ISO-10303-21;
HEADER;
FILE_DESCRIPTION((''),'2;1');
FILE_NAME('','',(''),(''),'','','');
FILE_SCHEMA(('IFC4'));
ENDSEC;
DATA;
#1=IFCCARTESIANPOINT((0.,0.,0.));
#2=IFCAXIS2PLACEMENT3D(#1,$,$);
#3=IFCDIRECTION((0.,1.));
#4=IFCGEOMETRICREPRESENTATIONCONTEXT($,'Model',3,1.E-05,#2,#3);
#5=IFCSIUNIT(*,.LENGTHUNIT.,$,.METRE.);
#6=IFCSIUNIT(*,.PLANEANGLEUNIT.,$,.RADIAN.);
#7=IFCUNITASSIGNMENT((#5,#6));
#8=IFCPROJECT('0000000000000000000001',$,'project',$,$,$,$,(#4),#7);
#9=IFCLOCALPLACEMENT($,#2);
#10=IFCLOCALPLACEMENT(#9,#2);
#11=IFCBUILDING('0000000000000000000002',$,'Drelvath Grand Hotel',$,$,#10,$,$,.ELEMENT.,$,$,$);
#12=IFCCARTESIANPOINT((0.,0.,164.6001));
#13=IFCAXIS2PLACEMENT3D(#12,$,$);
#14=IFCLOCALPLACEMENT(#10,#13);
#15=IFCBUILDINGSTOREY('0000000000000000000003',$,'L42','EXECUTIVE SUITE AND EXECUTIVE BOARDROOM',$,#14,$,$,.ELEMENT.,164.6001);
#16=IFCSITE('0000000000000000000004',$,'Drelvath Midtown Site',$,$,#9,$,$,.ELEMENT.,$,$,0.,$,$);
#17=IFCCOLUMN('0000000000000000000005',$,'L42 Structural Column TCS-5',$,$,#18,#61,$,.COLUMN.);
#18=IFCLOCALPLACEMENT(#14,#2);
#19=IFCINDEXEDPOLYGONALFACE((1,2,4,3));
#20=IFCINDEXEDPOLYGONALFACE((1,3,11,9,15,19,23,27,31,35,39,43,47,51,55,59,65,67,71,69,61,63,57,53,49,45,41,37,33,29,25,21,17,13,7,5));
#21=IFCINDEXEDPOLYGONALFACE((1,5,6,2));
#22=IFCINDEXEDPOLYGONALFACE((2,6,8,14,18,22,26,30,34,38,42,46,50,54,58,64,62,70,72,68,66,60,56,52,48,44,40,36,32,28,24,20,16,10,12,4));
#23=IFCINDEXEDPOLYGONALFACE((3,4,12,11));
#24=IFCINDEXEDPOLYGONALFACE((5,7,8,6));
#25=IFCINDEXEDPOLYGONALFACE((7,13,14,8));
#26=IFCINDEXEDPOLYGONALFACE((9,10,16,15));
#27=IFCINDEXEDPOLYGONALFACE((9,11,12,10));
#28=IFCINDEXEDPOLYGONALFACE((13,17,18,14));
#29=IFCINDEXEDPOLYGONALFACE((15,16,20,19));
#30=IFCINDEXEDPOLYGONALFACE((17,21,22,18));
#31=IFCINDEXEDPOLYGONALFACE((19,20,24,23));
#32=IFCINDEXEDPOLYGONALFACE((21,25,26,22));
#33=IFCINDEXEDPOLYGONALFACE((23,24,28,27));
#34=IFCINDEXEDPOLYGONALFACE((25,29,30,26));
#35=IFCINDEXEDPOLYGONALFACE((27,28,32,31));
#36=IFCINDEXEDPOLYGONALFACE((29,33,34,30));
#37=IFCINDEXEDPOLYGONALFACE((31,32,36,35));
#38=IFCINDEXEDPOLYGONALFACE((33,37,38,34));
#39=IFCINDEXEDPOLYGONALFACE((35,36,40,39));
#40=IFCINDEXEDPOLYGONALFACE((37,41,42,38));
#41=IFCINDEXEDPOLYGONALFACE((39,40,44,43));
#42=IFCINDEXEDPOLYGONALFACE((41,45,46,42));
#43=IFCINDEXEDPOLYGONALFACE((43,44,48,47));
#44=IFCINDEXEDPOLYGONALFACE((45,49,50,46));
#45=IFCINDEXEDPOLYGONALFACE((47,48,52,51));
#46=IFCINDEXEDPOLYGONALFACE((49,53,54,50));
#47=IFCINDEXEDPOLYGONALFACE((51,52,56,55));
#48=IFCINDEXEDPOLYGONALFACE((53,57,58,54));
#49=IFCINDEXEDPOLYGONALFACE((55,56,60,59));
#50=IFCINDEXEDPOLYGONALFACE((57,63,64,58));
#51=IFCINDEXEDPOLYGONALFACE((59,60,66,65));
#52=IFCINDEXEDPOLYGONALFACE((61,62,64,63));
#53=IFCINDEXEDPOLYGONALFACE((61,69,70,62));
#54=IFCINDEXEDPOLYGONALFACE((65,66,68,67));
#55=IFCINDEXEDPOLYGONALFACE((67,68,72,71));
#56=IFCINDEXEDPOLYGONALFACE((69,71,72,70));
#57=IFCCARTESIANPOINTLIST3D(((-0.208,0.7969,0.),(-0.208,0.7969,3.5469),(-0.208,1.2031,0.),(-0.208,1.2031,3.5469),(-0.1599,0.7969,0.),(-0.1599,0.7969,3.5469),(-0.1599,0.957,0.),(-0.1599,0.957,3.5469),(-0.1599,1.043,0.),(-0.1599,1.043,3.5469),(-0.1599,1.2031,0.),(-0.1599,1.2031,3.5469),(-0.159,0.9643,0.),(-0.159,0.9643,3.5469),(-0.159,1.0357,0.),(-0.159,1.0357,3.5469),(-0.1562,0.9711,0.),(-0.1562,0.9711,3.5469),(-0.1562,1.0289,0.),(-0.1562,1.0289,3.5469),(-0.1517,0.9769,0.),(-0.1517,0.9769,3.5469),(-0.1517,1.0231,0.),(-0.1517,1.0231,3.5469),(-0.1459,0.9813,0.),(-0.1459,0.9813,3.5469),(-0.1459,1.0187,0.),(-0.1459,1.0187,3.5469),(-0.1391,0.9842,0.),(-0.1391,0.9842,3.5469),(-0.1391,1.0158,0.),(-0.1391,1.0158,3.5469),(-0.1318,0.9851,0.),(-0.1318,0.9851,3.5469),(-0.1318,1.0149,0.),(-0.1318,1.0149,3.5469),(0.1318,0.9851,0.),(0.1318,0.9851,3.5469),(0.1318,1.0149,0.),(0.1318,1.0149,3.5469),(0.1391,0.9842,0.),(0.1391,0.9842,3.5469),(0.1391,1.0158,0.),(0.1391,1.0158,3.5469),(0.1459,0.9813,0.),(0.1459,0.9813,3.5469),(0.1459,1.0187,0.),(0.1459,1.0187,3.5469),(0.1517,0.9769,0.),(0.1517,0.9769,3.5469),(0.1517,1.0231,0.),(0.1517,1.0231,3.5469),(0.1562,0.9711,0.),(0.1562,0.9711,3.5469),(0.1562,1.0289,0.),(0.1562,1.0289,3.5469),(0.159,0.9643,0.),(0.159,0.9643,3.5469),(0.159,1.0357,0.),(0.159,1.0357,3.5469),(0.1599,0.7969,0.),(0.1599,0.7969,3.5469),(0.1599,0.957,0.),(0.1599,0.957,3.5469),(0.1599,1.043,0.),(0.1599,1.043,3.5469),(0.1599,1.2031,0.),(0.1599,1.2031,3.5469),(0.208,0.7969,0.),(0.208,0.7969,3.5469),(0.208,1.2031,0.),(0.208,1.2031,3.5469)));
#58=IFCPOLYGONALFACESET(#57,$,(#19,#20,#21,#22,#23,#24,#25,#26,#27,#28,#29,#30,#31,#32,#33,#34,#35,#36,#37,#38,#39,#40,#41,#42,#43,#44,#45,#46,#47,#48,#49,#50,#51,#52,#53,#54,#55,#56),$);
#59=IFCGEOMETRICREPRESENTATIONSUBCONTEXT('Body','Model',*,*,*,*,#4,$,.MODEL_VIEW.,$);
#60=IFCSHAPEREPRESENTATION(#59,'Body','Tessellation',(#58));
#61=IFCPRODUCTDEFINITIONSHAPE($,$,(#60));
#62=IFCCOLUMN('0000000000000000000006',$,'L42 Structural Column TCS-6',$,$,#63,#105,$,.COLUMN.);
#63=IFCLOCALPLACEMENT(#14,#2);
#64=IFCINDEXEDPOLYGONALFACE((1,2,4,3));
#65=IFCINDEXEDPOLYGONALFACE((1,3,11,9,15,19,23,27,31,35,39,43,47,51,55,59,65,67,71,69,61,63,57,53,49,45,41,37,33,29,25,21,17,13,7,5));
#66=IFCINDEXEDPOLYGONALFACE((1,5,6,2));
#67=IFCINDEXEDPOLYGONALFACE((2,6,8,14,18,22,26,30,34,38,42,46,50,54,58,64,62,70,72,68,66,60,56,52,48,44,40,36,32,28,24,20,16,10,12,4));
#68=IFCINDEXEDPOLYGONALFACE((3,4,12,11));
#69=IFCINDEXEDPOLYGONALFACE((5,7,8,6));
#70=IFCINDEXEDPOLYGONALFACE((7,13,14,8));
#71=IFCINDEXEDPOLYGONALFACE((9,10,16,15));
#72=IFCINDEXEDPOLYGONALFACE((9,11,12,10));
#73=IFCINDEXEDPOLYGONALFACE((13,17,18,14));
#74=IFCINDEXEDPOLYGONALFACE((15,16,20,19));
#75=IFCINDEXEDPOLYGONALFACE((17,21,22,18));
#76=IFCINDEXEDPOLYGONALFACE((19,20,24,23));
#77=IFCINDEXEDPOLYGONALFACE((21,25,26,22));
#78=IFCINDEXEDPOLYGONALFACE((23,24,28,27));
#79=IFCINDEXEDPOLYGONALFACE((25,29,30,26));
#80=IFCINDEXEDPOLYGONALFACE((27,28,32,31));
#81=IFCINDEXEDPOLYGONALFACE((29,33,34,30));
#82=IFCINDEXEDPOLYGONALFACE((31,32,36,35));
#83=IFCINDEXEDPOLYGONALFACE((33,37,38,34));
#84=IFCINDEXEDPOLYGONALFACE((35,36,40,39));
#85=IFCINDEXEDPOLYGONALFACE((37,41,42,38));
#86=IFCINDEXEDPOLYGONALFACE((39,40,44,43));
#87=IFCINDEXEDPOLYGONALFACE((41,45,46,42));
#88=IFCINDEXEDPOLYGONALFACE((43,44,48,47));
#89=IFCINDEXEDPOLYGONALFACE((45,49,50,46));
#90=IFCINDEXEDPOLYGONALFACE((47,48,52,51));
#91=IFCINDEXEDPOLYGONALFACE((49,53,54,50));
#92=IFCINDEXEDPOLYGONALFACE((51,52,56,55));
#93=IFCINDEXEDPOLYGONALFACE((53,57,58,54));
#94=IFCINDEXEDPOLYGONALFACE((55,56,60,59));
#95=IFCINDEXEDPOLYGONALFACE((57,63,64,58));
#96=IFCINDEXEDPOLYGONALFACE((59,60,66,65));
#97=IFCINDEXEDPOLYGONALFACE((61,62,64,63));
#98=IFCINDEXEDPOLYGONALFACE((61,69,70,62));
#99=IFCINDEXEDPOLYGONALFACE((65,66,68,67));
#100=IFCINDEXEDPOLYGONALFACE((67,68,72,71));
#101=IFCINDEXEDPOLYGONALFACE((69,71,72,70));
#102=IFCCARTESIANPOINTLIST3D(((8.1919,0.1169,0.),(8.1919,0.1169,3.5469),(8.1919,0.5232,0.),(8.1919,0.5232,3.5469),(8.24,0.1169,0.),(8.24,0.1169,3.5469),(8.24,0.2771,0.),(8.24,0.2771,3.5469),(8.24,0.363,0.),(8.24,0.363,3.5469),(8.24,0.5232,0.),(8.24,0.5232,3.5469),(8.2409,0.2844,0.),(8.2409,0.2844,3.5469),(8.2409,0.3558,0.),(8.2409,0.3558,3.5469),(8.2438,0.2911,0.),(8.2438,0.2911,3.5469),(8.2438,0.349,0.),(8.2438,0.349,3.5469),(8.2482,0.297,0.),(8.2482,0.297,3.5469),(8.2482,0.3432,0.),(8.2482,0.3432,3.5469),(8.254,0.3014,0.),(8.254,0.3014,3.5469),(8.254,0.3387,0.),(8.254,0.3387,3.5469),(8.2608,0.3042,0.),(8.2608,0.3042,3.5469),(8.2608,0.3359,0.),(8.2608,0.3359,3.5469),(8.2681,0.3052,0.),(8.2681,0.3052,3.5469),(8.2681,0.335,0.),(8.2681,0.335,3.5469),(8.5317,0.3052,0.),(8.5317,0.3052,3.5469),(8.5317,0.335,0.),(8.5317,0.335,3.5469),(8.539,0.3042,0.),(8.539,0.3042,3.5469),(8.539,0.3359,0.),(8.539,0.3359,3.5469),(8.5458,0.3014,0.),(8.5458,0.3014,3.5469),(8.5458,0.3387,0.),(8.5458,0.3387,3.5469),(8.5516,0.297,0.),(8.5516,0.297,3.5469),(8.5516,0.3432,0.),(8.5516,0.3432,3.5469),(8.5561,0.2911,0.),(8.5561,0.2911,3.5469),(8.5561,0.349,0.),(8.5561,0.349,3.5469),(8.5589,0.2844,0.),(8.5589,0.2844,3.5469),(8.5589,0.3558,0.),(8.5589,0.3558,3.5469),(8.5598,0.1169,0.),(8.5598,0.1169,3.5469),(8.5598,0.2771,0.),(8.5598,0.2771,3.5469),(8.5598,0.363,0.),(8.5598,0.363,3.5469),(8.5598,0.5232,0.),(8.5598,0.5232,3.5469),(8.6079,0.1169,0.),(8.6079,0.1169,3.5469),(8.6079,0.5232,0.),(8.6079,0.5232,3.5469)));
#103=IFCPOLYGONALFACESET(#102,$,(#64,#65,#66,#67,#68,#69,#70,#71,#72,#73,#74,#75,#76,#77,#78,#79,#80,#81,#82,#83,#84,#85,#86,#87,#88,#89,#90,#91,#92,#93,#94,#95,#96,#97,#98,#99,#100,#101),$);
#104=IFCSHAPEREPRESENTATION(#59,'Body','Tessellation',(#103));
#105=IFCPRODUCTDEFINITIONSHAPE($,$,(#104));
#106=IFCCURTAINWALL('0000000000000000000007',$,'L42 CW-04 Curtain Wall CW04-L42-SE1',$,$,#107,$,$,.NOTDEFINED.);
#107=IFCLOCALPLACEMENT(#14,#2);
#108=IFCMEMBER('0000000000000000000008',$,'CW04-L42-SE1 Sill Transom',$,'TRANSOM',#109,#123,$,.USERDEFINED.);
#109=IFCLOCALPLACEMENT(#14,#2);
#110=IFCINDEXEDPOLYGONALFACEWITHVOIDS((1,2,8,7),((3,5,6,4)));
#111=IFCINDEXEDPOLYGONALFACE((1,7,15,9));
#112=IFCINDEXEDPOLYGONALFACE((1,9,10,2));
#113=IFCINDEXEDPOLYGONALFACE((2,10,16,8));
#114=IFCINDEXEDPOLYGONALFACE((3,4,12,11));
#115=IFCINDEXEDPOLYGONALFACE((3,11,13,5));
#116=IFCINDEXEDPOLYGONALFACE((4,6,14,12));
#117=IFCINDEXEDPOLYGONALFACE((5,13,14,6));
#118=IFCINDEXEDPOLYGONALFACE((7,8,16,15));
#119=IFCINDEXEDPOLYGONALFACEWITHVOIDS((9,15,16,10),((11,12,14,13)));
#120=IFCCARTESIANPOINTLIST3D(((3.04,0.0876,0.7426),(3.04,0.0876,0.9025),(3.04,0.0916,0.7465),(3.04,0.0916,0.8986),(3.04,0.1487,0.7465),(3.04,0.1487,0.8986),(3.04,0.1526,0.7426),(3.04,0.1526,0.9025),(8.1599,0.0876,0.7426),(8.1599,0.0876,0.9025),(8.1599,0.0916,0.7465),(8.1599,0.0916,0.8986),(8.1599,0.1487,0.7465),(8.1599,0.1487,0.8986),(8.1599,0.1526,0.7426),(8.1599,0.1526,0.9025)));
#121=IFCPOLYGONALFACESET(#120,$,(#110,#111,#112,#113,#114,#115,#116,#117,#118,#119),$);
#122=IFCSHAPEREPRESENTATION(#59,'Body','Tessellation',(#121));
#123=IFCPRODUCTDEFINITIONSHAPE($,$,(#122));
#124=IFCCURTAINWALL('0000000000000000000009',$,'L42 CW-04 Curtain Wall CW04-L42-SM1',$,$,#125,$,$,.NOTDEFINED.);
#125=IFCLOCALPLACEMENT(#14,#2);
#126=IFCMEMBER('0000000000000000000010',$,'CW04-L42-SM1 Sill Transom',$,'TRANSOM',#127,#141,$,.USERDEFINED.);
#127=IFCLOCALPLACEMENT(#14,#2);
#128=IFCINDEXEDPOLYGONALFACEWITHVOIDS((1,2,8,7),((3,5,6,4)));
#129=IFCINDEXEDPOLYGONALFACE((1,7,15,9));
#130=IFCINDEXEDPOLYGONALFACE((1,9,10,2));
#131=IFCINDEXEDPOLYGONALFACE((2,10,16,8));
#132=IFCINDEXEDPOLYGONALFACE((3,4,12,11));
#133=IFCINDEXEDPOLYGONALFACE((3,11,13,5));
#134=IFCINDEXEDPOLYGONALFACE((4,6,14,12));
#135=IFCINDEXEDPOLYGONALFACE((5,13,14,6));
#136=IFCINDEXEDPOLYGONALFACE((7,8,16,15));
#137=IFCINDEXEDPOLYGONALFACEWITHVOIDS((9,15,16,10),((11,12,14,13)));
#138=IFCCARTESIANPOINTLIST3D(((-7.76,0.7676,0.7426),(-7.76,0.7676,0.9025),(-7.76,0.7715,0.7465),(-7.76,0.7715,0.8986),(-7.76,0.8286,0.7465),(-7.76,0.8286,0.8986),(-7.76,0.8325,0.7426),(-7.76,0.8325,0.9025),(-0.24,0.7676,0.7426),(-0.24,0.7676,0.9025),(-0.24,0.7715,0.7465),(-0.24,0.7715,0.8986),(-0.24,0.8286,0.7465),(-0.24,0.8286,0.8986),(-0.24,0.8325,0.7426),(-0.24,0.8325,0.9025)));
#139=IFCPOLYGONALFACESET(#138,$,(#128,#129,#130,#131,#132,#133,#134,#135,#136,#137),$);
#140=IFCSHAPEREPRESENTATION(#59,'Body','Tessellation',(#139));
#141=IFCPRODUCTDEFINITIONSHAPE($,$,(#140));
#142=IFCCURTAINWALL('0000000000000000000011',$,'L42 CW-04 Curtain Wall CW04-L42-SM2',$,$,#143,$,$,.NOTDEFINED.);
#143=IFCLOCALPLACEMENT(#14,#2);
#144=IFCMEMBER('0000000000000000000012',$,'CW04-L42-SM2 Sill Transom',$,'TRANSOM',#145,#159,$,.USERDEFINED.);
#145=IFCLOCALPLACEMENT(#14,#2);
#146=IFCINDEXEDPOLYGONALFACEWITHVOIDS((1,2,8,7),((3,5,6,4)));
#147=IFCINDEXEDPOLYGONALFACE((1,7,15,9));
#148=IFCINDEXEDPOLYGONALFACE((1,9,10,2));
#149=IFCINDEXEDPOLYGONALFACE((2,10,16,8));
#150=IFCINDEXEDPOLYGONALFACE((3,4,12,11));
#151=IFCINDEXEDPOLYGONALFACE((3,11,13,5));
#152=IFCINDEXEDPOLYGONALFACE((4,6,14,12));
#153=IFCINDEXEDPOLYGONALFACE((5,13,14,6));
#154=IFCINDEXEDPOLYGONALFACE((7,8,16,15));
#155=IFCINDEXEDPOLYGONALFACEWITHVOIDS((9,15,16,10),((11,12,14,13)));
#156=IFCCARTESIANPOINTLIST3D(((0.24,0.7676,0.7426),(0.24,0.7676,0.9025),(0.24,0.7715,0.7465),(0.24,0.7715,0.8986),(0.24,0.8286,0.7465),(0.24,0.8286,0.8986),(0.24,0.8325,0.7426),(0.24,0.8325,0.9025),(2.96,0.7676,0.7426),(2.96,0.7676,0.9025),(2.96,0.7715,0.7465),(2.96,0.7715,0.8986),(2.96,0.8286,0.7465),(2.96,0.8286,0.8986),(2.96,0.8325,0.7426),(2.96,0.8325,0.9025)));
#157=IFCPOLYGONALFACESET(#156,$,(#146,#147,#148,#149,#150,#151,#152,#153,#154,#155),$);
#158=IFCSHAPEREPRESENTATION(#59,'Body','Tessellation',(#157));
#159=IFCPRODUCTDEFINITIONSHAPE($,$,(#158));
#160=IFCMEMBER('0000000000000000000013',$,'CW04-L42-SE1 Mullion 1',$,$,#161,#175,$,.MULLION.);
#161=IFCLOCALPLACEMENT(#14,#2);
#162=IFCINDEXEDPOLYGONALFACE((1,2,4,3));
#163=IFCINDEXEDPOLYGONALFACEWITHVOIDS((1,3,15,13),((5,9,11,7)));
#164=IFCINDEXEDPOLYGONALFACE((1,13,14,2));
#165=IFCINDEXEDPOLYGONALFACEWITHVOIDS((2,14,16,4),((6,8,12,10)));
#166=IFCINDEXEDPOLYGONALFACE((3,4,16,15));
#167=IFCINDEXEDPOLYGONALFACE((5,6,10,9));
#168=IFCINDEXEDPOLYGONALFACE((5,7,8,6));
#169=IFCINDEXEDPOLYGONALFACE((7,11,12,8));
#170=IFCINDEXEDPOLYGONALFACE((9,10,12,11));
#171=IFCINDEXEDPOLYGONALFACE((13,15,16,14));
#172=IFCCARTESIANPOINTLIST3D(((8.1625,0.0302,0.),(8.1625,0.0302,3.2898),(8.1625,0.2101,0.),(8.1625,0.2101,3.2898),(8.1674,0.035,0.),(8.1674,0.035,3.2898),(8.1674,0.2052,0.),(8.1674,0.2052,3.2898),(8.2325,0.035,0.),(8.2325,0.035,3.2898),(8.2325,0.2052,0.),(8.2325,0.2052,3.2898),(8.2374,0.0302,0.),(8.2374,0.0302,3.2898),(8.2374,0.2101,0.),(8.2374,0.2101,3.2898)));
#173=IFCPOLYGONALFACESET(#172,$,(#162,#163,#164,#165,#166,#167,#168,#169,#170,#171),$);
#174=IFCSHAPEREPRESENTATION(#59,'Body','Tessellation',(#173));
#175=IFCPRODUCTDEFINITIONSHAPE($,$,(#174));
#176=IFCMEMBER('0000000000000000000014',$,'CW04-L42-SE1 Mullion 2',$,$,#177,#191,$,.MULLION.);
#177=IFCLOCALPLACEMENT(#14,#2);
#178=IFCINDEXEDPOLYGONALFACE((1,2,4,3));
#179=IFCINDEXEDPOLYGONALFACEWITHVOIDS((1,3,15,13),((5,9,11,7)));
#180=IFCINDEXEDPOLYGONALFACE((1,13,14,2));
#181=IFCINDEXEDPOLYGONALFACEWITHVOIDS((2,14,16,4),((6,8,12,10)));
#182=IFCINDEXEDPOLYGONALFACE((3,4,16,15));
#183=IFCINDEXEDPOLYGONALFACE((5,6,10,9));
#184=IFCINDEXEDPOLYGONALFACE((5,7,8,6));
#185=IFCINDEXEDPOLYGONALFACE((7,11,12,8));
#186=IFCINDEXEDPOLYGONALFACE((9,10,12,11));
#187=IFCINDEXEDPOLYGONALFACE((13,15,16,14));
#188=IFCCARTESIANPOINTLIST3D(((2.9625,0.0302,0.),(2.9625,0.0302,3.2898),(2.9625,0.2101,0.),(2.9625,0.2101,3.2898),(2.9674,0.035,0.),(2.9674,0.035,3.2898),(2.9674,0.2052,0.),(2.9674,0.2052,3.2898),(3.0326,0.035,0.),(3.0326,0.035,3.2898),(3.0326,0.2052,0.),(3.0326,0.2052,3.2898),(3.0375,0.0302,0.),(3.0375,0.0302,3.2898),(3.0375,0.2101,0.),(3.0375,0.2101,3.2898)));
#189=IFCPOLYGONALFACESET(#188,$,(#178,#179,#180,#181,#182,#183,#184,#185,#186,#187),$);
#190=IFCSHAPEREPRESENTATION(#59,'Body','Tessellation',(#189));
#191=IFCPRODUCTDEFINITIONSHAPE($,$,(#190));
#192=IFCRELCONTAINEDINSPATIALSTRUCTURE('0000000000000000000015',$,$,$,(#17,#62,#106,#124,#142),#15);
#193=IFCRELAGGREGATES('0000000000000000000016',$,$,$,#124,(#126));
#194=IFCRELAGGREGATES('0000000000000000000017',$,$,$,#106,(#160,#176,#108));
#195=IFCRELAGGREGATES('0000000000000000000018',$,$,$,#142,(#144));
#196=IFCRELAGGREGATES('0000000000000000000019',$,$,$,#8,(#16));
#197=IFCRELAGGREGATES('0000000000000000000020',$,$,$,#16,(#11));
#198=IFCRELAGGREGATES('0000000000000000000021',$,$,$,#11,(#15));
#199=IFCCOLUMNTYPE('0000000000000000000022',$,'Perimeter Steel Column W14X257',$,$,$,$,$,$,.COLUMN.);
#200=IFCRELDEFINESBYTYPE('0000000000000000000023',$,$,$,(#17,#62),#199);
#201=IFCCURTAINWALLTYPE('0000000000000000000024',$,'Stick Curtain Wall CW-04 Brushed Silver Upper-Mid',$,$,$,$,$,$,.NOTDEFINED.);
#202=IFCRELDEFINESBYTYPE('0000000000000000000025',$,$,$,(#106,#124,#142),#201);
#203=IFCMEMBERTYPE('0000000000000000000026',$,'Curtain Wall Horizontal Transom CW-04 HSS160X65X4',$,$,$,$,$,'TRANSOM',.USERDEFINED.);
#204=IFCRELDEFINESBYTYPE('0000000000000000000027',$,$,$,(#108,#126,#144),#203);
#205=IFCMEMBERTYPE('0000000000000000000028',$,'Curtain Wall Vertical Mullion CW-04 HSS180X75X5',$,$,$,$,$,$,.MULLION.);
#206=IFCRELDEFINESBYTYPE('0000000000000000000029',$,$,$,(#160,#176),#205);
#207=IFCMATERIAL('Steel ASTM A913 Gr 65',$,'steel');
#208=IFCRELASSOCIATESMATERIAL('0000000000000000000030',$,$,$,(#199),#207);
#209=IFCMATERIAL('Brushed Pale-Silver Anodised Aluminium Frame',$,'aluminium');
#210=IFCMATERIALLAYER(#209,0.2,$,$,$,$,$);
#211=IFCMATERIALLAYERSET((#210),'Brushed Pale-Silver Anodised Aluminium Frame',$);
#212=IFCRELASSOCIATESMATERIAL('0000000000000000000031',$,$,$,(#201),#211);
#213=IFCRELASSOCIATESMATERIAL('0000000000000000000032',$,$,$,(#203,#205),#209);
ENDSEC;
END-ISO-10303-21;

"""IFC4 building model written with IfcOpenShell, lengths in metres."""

from ifc_helpers import new_model, si_unit, direction, frame, origin, origin_2d, place, context, subcontext, project, spatial, hollow_rectangle, i_section, extrude, material, layer, layer_set, material_profile, profile_set, type_object, element, aggregate, save


model = new_model("IFC4")

# Units and contexts
model_context = context("Model", 3, precision=1e-05, world=origin(), true_north=direction((0.0, 1.0)))
body_context = subcontext(model_context, "Body", "Model", "MODEL_VIEW")
ifc_project = project(units=[si_unit("LENGTHUNIT", "METRE"), si_unit("PLANEANGLEUNIT", "RADIAN")], contexts=[model_context])

# Site, building, storey
site_placement = place(None, origin())
site = spatial("IfcSite", under=ifc_project, at=site_placement, Name="Drelvath Midtown Site", CompositionType="ELEMENT", RefElevation=0.0)
building_placement = place(site_placement, origin())
building = spatial("IfcBuilding", under=site, at=building_placement, Name="Drelvath Grand Hotel", CompositionType="ELEMENT")
storey_placement = place(building_placement, frame((0.0, 0.0, 164.6001)))
storey = spatial("IfcBuildingStorey", under=building, at=storey_placement, Name="L42", Description="EXECUTIVE SUITE AND EXECUTIVE BOARDROOM", CompositionType="ELEMENT", Elevation=164.6001)

# Columns
ifc_material_1 = material(Name="Steel ASTM A913 Gr 65", Category="steel")
ifc_material_profile_1 = material_profile(ifc_material_1, i_section(OverallWidth=0.4062, OverallDepth=0.416, WebThickness=0.0298, FlangeThickness=0.0481, FilletRadius=0.0281, at=origin_2d()), Name="W14X257")
ifc_profile_set_1 = profile_set([ifc_material_profile_1], Name="Steel ASTM A913 Gr 65")
column_type = type_object("IfcColumnType", Name="Perimeter Steel Column W14X257", PredefinedType="COLUMN", material=ifc_profile_set_1)
for number, where, z_axis, x_axis, name in (
    (1, (0.0, 1.0, 0.0), (0.0, 0.0, 1.0), (0.0, 1.0, 0.0), "L42 Structural Column TCS-5"),
    (2, (8.3999, 0.3201, 0.0), (0.0, 0.0, 1.0), (0.0, 1.0, 0.0), "L42 Structural Column TCS-6"),
):
    element("IfcColumn", number, at=place(storey_placement, frame(where, z_axis=z_axis, x_axis=x_axis)), inside=storey, type_object=column_type, Name=name, PredefinedType="COLUMN", context=body_context, shape_type="SweptSolid", body=[
        extrude(i_section(OverallWidth=0.4062, OverallDepth=0.416, WebThickness=0.0298, FlangeThickness=0.0481, FilletRadius=0.0281, at=origin_2d()), origin(), (0.0, 0.0, 1.0), 3.5469),
    ])

# Curtain walls, members
ifc_material_2 = material(Name="Brushed Pale-Silver Anodised Aluminium Frame", Category="aluminium")
ifc_layer_1 = layer(ifc_material_2, 0.2)
ifc_layer_set_1 = layer_set([ifc_layer_1], Name="Brushed Pale-Silver Anodised Aluminium Frame")
curtain_wall_type = type_object("IfcCurtainWallType", Name="Stick Curtain Wall CW-04 Brushed Silver Upper-Mid", PredefinedType="NOTDEFINED", material=ifc_layer_set_1)
curtain_wall_1_placement = place(storey_placement, origin())
curtain_wall_1 = element("IfcCurtainWall", 3, at=curtain_wall_1_placement, inside=storey, type_object=curtain_wall_type, Name="L42 CW-04 Curtain Wall CW04-L42-SE1", PredefinedType="NOTDEFINED")
ifc_material_profile_2 = material_profile(ifc_material_2, hollow_rectangle(XDim=0.0649, YDim=0.1599, WallThickness=0.0039, at=origin_2d()), Name="HSS160X65X4")
ifc_profile_set_2 = profile_set([ifc_material_profile_2], Name="Brushed Pale-Silver Anodised Aluminium Frame")
member_type_1 = type_object("IfcMemberType", Name="Curtain Wall Horizontal Transom CW-04 HSS160X65X4", ElementType="TRANSOM", PredefinedType="USERDEFINED", material=ifc_profile_set_2)
member_1_placement = place(storey_placement, frame((8.1599, 0.1201, 0.8225), z_axis=(-1.0, 0.0, 0.0), x_axis=(0.0, -1.0, 0.0)))
member_1 = element("IfcMember", 4, at=member_1_placement, type_object=member_type_1, Name="CW04-L42-SE1 Sill Transom", ObjectType="TRANSOM", PredefinedType="USERDEFINED", context=body_context, shape_type="SweptSolid", body=[
    extrude(hollow_rectangle(XDim=0.0649, YDim=0.1599, WallThickness=0.0039, at=origin_2d()), origin(), (0.0, 0.0, 1.0), 5.1199),
])
curtain_wall_2_placement = place(storey_placement, origin())
curtain_wall_2 = element("IfcCurtainWall", 5, at=curtain_wall_2_placement, inside=storey, type_object=curtain_wall_type, Name="L42 CW-04 Curtain Wall CW04-L42-SM1", PredefinedType="NOTDEFINED")
member_2_placement = place(storey_placement, frame((-0.24, 0.8, 0.8225), z_axis=(-1.0, 0.0, 0.0), x_axis=(0.0, -1.0, 0.0)))
member_2 = element("IfcMember", 6, at=member_2_placement, type_object=member_type_1, Name="CW04-L42-SM1 Sill Transom", ObjectType="TRANSOM", PredefinedType="USERDEFINED", context=body_context, shape_type="SweptSolid", body=[
    extrude(hollow_rectangle(XDim=0.0649, YDim=0.1599, WallThickness=0.0039, at=origin_2d()), origin(), (0.0, 0.0, 1.0), 7.52),
])
curtain_wall_3_placement = place(storey_placement, origin())
curtain_wall_3 = element("IfcCurtainWall", 7, at=curtain_wall_3_placement, inside=storey, type_object=curtain_wall_type, Name="L42 CW-04 Curtain Wall CW04-L42-SM2", PredefinedType="NOTDEFINED")
member_3_placement = place(storey_placement, frame((2.96, 0.8, 0.8225), z_axis=(-1.0, 0.0, 0.0), x_axis=(0.0, -1.0, 0.0)))
member_3 = element("IfcMember", 8, at=member_3_placement, type_object=member_type_1, Name="CW04-L42-SM2 Sill Transom", ObjectType="TRANSOM", PredefinedType="USERDEFINED", context=body_context, shape_type="SweptSolid", body=[
    extrude(hollow_rectangle(XDim=0.0649, YDim=0.1599, WallThickness=0.0039, at=origin_2d()), origin(), (0.0, 0.0, 1.0), 2.72),
])

# Members
ifc_material_profile_3 = material_profile(ifc_material_2, hollow_rectangle(XDim=0.075, YDim=0.1799, WallThickness=0.0049, at=origin_2d()), Name="HSS180X75X5")
ifc_profile_set_3 = profile_set([ifc_material_profile_3], Name="Brushed Pale-Silver Anodised Aluminium Frame")
member_type_2 = type_object("IfcMemberType", Name="Curtain Wall Vertical Mullion CW-04 HSS180X75X5", PredefinedType="MULLION", material=ifc_profile_set_3)
member_4_placement = place(storey_placement, frame((8.2, 0.1201, 0.0), z_axis=(0.0, 0.0, 1.0), x_axis=(1.0, 0.0, 0.0)))
member_4 = element("IfcMember", 9, at=member_4_placement, type_object=member_type_2, Name="CW04-L42-SE1 Mullion 1", PredefinedType="MULLION", context=body_context, shape_type="SweptSolid", body=[
    extrude(hollow_rectangle(XDim=0.075, YDim=0.1799, WallThickness=0.0049, at=origin_2d()), origin(), (0.0, 0.0, 1.0), 3.2898),
])
member_5_placement = place(storey_placement, frame((3.0, 0.1201, 0.0), z_axis=(0.0, 0.0, 1.0), x_axis=(1.0, 0.0, 0.0)))
member_5 = element("IfcMember", 10, at=member_5_placement, type_object=member_type_2, Name="CW04-L42-SE1 Mullion 2", PredefinedType="MULLION", context=body_context, shape_type="SweptSolid", body=[
    extrude(hollow_rectangle(XDim=0.075, YDim=0.1799, WallThickness=0.0049, at=origin_2d()), origin(), (0.0, 0.0, 1.0), 3.2898),
])
aggregate(curtain_wall_2, [member_2])

aggregate(curtain_wall_1, [member_4, member_5, member_1])
aggregate(curtain_wall_3, [member_3])

save(model, "model.ifc")
